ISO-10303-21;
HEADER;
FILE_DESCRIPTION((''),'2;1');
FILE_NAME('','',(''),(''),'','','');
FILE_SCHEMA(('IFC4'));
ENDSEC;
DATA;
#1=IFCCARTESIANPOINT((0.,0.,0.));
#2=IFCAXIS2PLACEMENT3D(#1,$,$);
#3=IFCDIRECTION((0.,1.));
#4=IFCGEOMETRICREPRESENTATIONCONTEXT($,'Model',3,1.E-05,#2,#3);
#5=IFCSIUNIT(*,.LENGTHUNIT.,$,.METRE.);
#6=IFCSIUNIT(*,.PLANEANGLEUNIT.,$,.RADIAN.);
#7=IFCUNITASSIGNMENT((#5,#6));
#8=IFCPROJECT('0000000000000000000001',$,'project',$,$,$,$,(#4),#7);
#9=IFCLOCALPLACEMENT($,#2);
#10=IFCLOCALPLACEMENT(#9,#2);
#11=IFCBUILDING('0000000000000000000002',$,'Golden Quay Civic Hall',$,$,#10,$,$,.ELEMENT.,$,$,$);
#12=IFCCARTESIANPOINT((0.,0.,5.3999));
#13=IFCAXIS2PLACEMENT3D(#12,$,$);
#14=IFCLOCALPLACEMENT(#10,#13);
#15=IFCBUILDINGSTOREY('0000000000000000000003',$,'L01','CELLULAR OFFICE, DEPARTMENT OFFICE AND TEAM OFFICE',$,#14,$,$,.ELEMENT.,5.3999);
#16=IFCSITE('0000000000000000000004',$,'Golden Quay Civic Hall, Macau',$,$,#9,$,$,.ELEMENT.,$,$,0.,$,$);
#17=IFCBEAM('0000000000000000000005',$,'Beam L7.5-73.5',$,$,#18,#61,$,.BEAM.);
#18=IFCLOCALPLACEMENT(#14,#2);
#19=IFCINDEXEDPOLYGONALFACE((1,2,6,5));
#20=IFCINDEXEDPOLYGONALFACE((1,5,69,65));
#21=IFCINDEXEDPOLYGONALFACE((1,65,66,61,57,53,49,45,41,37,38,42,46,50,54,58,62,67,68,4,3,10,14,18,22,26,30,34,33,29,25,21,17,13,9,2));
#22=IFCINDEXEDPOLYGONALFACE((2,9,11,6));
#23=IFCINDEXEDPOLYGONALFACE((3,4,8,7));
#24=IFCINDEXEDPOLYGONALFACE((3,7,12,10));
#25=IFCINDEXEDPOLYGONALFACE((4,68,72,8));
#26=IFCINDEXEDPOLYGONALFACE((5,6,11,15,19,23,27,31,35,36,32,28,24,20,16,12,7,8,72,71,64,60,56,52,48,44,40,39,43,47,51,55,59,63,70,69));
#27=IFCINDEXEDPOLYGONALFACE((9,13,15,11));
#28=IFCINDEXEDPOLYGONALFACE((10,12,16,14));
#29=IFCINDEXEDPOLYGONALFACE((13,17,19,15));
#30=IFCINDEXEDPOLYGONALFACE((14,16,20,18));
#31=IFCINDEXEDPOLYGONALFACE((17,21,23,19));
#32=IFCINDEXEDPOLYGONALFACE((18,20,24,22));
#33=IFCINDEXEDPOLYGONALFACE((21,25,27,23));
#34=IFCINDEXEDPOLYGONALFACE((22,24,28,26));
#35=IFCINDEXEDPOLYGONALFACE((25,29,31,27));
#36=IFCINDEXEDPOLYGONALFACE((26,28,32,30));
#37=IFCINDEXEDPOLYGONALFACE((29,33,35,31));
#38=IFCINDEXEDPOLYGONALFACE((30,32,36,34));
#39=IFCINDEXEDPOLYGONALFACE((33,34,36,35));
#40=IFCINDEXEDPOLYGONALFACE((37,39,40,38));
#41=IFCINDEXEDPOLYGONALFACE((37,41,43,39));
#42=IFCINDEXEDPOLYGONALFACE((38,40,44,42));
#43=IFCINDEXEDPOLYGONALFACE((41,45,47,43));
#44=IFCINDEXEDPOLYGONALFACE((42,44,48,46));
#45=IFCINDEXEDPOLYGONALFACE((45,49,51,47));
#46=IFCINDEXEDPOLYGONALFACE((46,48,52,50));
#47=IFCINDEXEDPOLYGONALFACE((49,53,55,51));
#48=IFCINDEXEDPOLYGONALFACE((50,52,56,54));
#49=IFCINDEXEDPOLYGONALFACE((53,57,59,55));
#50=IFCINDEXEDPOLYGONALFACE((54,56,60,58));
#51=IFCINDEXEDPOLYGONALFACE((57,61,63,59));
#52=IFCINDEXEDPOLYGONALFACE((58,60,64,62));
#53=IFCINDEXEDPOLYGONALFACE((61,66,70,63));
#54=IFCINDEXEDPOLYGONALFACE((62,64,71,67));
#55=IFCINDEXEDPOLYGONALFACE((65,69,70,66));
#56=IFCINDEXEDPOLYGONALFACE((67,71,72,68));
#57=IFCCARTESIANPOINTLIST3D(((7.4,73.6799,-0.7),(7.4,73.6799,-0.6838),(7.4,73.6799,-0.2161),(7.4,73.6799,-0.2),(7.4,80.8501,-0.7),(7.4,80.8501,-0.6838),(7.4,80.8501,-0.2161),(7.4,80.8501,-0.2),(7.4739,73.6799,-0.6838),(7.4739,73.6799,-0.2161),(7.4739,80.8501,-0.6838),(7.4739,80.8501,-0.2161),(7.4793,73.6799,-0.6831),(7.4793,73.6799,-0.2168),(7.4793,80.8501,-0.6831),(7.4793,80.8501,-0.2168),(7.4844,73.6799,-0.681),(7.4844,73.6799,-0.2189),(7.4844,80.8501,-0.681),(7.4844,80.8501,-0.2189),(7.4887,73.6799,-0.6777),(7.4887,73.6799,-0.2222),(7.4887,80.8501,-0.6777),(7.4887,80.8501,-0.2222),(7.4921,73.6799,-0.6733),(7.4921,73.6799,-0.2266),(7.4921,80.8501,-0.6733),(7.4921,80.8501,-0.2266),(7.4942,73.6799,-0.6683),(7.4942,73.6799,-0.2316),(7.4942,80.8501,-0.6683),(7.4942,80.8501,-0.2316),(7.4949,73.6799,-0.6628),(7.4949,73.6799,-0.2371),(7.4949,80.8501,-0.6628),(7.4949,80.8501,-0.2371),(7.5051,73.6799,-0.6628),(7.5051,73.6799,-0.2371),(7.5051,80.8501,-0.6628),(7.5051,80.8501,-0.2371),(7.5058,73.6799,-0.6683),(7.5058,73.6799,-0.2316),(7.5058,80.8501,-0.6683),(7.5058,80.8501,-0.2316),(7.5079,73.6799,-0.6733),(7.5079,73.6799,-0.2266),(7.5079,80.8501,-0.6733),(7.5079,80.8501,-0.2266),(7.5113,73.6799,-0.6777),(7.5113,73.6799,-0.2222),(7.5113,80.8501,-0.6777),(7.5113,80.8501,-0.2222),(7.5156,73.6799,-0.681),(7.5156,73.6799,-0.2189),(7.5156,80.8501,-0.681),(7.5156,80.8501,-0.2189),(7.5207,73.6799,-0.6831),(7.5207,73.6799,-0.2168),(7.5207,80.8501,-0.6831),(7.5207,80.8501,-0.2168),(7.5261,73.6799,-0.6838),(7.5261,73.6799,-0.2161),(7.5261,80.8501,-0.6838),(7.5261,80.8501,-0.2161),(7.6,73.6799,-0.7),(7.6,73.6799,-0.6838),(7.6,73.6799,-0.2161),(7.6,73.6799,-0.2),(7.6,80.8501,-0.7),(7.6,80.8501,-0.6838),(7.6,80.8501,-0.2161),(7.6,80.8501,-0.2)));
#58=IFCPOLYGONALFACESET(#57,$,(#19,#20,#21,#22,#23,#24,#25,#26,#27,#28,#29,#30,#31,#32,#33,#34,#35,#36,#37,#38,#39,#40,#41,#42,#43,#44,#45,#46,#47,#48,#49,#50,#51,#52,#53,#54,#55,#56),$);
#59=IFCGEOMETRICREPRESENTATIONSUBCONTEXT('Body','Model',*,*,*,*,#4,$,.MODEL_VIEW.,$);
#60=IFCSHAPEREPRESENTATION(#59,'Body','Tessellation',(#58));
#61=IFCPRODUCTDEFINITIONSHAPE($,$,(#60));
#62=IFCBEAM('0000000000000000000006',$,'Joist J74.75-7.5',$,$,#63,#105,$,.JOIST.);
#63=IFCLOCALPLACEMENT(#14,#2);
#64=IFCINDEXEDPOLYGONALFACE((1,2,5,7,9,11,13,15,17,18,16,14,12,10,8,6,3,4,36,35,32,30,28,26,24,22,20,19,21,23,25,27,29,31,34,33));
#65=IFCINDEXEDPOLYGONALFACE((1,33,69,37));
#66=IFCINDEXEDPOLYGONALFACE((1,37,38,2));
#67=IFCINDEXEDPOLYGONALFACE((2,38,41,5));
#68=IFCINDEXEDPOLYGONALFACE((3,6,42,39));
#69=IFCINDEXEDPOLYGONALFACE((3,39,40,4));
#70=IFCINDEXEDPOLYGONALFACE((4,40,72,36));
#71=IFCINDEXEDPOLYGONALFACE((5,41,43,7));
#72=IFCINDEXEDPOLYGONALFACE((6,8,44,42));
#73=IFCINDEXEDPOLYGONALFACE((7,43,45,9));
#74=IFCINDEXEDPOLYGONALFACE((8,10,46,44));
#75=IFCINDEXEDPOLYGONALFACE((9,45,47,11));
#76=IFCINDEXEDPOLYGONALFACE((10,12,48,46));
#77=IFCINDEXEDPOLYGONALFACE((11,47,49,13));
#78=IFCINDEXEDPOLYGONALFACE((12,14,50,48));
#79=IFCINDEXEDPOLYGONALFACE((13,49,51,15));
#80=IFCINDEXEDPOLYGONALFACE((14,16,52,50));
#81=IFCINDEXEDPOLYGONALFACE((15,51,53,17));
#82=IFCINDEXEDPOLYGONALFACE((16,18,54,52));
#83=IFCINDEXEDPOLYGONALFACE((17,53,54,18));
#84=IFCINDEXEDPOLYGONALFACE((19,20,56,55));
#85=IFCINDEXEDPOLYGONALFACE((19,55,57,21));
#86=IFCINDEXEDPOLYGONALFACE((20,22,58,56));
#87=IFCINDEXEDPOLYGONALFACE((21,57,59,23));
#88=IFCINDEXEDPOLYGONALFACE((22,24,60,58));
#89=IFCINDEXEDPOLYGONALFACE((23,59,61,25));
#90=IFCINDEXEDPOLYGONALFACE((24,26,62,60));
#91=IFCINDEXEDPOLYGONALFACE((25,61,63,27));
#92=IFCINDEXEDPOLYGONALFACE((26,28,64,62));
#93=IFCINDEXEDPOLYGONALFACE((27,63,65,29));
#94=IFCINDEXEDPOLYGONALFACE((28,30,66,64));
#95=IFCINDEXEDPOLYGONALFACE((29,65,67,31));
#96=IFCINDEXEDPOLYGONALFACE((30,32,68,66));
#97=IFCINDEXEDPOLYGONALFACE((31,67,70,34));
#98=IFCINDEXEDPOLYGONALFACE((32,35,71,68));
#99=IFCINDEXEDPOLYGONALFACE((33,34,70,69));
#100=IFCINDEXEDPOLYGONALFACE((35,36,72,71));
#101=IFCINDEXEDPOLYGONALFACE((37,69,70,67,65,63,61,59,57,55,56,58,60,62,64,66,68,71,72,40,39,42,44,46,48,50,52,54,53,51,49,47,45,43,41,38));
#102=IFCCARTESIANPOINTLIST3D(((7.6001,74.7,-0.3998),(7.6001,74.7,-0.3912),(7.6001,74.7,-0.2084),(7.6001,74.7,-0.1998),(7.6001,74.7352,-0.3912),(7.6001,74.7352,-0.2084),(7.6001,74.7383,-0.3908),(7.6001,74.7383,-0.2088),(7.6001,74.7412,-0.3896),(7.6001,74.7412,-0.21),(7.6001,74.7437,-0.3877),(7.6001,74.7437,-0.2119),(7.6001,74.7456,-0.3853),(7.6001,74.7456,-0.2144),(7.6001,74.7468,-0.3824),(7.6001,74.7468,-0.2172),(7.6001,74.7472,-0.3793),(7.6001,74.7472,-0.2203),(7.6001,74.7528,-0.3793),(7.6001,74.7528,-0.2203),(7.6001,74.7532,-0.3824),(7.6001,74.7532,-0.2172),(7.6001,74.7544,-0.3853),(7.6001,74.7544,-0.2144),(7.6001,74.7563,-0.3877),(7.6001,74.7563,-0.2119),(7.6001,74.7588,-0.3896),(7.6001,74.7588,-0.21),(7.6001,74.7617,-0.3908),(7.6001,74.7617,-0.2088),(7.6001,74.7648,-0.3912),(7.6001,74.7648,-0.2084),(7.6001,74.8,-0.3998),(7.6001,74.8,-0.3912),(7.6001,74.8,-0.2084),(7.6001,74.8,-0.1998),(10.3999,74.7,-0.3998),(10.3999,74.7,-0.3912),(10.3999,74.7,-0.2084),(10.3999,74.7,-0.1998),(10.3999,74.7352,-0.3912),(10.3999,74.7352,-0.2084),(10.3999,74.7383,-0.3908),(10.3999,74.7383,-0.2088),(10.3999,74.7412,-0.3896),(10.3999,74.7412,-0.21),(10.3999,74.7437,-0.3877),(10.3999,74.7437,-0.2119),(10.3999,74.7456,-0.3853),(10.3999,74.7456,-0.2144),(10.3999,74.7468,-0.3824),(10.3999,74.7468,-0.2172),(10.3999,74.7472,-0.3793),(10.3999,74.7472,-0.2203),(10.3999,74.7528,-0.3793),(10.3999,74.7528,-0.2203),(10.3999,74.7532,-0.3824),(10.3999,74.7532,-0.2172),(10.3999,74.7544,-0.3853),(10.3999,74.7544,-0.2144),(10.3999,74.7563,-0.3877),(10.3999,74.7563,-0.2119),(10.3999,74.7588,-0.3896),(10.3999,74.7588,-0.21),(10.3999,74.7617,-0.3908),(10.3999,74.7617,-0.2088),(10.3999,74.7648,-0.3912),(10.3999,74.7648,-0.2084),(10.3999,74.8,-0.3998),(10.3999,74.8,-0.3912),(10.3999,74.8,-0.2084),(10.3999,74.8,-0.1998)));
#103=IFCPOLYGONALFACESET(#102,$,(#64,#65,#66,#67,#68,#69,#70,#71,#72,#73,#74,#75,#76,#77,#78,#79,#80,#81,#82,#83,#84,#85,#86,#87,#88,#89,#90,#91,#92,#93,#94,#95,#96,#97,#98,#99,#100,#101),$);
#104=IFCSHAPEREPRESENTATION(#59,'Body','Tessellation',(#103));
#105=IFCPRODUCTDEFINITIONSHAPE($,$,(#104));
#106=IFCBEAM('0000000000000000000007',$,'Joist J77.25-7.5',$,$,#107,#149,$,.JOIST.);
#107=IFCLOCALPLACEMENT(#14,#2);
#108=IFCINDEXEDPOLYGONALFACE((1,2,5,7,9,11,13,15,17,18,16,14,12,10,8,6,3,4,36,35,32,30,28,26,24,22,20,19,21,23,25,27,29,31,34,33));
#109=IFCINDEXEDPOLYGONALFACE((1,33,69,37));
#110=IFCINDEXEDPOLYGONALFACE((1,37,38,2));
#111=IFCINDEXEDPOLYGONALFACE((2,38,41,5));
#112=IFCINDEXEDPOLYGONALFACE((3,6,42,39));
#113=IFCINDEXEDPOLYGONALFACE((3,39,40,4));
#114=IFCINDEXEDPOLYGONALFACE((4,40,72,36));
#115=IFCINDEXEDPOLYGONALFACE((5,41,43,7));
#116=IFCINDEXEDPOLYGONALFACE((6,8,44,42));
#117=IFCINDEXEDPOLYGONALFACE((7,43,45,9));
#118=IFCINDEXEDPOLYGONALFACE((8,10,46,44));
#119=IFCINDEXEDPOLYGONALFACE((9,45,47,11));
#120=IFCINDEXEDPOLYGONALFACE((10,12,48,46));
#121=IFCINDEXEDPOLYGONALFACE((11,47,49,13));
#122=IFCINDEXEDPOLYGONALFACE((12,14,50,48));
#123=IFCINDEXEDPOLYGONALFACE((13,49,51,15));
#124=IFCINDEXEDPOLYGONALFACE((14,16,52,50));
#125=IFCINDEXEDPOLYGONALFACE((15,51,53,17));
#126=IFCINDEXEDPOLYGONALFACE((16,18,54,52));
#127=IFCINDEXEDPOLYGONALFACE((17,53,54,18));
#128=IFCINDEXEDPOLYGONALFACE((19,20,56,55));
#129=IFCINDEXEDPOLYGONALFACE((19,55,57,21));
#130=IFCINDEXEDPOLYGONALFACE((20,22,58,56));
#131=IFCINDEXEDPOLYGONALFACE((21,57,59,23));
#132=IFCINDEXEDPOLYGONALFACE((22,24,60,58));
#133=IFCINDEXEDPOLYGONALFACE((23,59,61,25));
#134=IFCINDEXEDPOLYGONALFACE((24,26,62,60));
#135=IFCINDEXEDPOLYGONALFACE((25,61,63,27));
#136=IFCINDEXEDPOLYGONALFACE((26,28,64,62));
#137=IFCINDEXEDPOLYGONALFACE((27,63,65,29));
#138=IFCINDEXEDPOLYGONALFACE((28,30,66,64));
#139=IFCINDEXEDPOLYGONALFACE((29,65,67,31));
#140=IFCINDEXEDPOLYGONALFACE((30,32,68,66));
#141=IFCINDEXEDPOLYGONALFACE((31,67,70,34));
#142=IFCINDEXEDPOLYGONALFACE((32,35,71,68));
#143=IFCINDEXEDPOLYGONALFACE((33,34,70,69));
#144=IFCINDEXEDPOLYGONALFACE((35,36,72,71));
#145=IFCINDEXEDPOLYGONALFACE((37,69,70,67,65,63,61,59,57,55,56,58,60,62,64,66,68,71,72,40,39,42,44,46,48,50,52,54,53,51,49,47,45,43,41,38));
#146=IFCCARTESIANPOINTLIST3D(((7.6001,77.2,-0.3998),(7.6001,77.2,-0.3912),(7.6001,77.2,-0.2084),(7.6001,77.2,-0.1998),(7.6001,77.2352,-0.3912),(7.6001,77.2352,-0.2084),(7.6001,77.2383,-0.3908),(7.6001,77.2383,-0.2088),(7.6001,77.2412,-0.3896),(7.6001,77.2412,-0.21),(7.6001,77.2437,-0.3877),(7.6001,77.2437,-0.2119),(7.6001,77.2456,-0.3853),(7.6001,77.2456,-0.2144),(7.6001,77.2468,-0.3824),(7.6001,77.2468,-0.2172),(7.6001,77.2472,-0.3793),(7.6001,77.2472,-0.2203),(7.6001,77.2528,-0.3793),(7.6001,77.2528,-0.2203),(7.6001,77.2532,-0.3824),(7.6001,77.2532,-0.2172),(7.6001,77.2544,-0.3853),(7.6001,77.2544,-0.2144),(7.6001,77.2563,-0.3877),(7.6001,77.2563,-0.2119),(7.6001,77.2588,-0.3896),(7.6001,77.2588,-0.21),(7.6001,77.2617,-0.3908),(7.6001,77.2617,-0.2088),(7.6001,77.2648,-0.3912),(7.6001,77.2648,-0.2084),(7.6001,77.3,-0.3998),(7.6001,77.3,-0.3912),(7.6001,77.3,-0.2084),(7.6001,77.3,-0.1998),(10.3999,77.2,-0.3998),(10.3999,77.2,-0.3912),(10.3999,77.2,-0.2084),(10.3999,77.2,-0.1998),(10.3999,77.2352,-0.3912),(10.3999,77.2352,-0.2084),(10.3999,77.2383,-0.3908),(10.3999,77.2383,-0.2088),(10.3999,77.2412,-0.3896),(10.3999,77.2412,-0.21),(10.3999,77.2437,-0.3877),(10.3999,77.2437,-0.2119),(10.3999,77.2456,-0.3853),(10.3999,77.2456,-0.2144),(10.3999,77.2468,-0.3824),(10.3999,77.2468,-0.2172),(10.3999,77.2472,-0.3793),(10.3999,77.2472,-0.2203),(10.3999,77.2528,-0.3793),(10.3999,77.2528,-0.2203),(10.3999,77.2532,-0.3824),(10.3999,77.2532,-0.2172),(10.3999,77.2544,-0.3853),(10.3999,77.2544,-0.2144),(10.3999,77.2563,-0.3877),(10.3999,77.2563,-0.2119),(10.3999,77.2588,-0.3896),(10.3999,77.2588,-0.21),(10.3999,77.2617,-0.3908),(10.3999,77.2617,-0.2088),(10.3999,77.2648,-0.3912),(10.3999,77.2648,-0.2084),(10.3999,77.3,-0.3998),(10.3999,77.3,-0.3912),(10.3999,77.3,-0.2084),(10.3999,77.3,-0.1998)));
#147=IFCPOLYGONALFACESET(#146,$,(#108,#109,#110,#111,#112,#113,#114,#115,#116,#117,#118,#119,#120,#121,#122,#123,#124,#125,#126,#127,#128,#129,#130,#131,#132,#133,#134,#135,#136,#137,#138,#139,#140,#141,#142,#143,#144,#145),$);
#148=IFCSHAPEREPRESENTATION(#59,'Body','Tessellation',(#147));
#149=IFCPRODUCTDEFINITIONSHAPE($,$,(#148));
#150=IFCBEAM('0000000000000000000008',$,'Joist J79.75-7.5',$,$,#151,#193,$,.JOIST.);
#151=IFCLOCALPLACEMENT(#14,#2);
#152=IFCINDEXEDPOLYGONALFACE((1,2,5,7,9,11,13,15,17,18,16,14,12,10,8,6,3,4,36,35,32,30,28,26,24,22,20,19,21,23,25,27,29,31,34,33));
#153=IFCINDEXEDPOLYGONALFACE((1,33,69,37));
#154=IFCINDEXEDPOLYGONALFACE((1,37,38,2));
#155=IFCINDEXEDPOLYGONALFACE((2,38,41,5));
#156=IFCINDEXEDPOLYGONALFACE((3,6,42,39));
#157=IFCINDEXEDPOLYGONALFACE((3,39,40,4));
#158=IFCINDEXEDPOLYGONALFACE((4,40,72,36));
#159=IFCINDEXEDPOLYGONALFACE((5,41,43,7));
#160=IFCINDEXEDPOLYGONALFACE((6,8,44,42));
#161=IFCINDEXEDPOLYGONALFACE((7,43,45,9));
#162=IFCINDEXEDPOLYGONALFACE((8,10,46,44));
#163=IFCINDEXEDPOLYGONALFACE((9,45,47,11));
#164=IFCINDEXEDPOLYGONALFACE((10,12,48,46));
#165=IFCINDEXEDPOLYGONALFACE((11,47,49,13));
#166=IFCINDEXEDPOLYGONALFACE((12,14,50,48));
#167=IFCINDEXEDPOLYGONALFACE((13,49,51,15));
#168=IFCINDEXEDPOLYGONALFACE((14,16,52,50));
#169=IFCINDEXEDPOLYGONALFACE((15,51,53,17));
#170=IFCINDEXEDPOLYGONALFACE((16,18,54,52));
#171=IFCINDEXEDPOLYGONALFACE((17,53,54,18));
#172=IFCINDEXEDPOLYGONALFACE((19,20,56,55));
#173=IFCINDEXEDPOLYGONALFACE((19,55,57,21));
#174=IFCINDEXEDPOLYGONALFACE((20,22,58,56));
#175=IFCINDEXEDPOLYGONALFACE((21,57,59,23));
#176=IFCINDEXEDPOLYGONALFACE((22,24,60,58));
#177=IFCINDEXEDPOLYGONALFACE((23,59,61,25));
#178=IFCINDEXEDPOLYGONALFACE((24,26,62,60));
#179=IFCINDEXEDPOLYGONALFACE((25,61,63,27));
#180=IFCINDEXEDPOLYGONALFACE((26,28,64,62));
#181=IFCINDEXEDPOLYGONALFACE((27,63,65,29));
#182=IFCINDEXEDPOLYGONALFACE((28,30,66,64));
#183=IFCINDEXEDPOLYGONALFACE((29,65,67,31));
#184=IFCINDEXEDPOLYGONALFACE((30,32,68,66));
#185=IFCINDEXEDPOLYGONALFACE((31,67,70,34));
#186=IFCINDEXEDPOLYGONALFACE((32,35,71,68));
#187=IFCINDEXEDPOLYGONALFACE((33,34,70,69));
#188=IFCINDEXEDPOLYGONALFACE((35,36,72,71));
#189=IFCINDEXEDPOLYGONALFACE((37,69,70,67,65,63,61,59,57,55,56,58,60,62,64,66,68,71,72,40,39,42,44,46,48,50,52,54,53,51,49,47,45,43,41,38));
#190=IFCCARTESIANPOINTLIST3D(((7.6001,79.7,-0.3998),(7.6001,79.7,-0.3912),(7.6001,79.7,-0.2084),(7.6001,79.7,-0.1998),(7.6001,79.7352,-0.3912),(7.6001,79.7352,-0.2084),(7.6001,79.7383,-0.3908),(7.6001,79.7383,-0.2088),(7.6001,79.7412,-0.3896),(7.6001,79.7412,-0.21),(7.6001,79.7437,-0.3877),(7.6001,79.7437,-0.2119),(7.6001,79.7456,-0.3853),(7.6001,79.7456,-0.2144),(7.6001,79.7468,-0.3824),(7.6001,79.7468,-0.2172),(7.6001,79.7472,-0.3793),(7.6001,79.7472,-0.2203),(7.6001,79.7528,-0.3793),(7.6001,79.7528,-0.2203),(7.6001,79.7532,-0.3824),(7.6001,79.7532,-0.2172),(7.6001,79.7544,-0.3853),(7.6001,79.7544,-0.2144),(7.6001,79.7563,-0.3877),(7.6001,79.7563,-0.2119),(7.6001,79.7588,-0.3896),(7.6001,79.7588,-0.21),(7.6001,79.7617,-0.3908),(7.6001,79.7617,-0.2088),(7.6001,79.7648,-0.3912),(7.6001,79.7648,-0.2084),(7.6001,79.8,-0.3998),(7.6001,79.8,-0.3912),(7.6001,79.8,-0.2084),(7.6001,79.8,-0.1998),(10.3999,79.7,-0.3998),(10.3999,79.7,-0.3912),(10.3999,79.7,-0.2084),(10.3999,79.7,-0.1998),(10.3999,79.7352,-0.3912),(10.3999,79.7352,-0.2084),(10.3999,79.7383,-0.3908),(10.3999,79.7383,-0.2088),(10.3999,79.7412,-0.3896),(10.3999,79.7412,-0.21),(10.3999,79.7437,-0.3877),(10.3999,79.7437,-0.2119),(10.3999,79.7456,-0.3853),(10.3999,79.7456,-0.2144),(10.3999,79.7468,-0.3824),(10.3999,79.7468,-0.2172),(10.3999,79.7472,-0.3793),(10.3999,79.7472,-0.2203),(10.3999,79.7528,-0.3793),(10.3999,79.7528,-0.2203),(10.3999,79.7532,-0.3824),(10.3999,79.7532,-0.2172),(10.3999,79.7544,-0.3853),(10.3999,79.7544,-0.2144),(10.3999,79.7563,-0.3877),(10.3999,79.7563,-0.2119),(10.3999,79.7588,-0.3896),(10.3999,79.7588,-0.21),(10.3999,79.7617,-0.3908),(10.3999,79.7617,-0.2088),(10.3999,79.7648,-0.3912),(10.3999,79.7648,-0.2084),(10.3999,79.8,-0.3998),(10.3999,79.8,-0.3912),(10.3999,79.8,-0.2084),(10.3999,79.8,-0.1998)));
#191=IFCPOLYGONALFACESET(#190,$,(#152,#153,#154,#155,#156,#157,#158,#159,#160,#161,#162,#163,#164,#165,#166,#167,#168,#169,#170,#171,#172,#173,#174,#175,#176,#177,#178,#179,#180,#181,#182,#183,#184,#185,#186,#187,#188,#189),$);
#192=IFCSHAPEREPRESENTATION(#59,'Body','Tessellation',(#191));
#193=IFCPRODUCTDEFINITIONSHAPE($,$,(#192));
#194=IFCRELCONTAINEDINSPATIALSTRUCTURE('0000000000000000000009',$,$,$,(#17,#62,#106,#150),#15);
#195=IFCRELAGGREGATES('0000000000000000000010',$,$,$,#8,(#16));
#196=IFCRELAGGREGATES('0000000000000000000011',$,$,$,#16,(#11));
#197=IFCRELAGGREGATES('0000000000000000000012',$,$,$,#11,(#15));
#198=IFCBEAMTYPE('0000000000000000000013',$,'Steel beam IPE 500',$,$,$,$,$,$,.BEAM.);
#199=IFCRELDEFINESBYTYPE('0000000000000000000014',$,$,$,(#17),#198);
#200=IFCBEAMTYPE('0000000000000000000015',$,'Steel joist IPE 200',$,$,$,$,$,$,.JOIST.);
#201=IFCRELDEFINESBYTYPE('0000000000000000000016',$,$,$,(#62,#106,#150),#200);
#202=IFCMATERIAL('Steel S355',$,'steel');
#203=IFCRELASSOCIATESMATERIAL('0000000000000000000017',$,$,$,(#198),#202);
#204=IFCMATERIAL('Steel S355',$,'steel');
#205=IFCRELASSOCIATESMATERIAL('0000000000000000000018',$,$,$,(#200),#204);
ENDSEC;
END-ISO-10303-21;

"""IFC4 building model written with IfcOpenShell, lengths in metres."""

from ifc_helpers import new_model, si_unit, direction, frame, origin, origin_2d, place, context, subcontext, project, spatial, i_section, extrude, material, material_profile, profile_set, type_object, element, save


model = new_model("IFC4")

# Units and contexts
model_context = context("Model", 3, precision=1e-05, world=origin(), true_north=direction((0.0, 1.0)))
body_context = subcontext(model_context, "Body", "Model", "MODEL_VIEW")
ifc_project = project(units=[si_unit("LENGTHUNIT", "METRE"), si_unit("PLANEANGLEUNIT", "RADIAN")], contexts=[model_context])

# Site, building, storey
site_placement = place(None, origin())
site = spatial("IfcSite", under=ifc_project, at=site_placement, Name="Golden Quay Civic Hall, Macau", CompositionType="ELEMENT", RefElevation=0.0)
building_placement = place(site_placement, origin())
building = spatial("IfcBuilding", under=site, at=building_placement, Name="Golden Quay Civic Hall", CompositionType="ELEMENT")
storey_placement = place(building_placement, frame((0.0, 0.0, 5.3999)))
storey = spatial("IfcBuildingStorey", under=building, at=storey_placement, Name="L01", Description="CELLULAR OFFICE, DEPARTMENT OFFICE AND TEAM OFFICE", CompositionType="ELEMENT", Elevation=5.3999)

# Beams
ifc_material_1 = material(Name="Steel S355", Category="steel")
ifc_material_profile_1 = material_profile(ifc_material_1, i_section(OverallWidth=0.2, OverallDepth=0.5, WebThickness=0.0103, FlangeThickness=0.0161, FilletRadius=0.021, at=origin_2d()), Name="IPE 500")
ifc_profile_set_1 = profile_set([ifc_material_profile_1], Name="Steel S355")
beam_type_1 = type_object("IfcBeamType", Name="Steel beam IPE 500", PredefinedType="BEAM", material=ifc_profile_set_1)
beam_1_placement = place(storey_placement, frame((7.5, 73.6799, -0.45), z_axis=(0.0, 1.0, 0.0), x_axis=(-1.0, 0.0, 0.0)))
element("IfcBeam", 1, at=beam_1_placement, inside=storey, type_object=beam_type_1, Name="Beam L7.5-73.5", PredefinedType="BEAM", context=body_context, shape_type="SweptSolid", body=[
    extrude(i_section(OverallWidth=0.2, OverallDepth=0.5, WebThickness=0.0103, FlangeThickness=0.0161, FilletRadius=0.021, at=origin_2d()), origin(), (0.0, 0.0, 1.0), 7.1702),
])
ifc_material_2 = material(Name="Steel S355", Category="steel")
ifc_material_profile_2 = material_profile(ifc_material_2, i_section(OverallWidth=0.1001, OverallDepth=0.2, WebThickness=0.0056, FlangeThickness=0.0085, FilletRadius=0.012, at=origin_2d()), Name="IPE 200")
ifc_profile_set_2 = profile_set([ifc_material_profile_2], Name="Steel S355")
beam_type_2 = type_object("IfcBeamType", Name="Steel joist IPE 200", PredefinedType="JOIST", material=ifc_profile_set_2)
for number, where, z_axis, x_axis, name in (
    (2, (7.6001, 74.75, -0.2998), (1.0, 0.0, 0.0), (0.0, 1.0, 0.0), "Joist J74.75-7.5"),
    (3, (7.6001, 77.25, -0.2998), (1.0, 0.0, 0.0), (0.0, 1.0, 0.0), "Joist J77.25-7.5"),
    (4, (7.6001, 79.75, -0.2998), (1.0, 0.0, 0.0), (0.0, 1.0, 0.0), "Joist J79.75-7.5"),
):
    element("IfcBeam", number, at=place(storey_placement, frame(where, z_axis=z_axis, x_axis=x_axis)), inside=storey, type_object=beam_type_2, Name=name, PredefinedType="JOIST", context=body_context, shape_type="SweptSolid", body=[
        extrude(i_section(OverallWidth=0.1001, OverallDepth=0.2, WebThickness=0.0056, FlangeThickness=0.0085, FilletRadius=0.012, at=origin_2d()), origin(), (0.0, 0.0, 1.0), 2.7998),
    ])

save(model, "model.ifc")
